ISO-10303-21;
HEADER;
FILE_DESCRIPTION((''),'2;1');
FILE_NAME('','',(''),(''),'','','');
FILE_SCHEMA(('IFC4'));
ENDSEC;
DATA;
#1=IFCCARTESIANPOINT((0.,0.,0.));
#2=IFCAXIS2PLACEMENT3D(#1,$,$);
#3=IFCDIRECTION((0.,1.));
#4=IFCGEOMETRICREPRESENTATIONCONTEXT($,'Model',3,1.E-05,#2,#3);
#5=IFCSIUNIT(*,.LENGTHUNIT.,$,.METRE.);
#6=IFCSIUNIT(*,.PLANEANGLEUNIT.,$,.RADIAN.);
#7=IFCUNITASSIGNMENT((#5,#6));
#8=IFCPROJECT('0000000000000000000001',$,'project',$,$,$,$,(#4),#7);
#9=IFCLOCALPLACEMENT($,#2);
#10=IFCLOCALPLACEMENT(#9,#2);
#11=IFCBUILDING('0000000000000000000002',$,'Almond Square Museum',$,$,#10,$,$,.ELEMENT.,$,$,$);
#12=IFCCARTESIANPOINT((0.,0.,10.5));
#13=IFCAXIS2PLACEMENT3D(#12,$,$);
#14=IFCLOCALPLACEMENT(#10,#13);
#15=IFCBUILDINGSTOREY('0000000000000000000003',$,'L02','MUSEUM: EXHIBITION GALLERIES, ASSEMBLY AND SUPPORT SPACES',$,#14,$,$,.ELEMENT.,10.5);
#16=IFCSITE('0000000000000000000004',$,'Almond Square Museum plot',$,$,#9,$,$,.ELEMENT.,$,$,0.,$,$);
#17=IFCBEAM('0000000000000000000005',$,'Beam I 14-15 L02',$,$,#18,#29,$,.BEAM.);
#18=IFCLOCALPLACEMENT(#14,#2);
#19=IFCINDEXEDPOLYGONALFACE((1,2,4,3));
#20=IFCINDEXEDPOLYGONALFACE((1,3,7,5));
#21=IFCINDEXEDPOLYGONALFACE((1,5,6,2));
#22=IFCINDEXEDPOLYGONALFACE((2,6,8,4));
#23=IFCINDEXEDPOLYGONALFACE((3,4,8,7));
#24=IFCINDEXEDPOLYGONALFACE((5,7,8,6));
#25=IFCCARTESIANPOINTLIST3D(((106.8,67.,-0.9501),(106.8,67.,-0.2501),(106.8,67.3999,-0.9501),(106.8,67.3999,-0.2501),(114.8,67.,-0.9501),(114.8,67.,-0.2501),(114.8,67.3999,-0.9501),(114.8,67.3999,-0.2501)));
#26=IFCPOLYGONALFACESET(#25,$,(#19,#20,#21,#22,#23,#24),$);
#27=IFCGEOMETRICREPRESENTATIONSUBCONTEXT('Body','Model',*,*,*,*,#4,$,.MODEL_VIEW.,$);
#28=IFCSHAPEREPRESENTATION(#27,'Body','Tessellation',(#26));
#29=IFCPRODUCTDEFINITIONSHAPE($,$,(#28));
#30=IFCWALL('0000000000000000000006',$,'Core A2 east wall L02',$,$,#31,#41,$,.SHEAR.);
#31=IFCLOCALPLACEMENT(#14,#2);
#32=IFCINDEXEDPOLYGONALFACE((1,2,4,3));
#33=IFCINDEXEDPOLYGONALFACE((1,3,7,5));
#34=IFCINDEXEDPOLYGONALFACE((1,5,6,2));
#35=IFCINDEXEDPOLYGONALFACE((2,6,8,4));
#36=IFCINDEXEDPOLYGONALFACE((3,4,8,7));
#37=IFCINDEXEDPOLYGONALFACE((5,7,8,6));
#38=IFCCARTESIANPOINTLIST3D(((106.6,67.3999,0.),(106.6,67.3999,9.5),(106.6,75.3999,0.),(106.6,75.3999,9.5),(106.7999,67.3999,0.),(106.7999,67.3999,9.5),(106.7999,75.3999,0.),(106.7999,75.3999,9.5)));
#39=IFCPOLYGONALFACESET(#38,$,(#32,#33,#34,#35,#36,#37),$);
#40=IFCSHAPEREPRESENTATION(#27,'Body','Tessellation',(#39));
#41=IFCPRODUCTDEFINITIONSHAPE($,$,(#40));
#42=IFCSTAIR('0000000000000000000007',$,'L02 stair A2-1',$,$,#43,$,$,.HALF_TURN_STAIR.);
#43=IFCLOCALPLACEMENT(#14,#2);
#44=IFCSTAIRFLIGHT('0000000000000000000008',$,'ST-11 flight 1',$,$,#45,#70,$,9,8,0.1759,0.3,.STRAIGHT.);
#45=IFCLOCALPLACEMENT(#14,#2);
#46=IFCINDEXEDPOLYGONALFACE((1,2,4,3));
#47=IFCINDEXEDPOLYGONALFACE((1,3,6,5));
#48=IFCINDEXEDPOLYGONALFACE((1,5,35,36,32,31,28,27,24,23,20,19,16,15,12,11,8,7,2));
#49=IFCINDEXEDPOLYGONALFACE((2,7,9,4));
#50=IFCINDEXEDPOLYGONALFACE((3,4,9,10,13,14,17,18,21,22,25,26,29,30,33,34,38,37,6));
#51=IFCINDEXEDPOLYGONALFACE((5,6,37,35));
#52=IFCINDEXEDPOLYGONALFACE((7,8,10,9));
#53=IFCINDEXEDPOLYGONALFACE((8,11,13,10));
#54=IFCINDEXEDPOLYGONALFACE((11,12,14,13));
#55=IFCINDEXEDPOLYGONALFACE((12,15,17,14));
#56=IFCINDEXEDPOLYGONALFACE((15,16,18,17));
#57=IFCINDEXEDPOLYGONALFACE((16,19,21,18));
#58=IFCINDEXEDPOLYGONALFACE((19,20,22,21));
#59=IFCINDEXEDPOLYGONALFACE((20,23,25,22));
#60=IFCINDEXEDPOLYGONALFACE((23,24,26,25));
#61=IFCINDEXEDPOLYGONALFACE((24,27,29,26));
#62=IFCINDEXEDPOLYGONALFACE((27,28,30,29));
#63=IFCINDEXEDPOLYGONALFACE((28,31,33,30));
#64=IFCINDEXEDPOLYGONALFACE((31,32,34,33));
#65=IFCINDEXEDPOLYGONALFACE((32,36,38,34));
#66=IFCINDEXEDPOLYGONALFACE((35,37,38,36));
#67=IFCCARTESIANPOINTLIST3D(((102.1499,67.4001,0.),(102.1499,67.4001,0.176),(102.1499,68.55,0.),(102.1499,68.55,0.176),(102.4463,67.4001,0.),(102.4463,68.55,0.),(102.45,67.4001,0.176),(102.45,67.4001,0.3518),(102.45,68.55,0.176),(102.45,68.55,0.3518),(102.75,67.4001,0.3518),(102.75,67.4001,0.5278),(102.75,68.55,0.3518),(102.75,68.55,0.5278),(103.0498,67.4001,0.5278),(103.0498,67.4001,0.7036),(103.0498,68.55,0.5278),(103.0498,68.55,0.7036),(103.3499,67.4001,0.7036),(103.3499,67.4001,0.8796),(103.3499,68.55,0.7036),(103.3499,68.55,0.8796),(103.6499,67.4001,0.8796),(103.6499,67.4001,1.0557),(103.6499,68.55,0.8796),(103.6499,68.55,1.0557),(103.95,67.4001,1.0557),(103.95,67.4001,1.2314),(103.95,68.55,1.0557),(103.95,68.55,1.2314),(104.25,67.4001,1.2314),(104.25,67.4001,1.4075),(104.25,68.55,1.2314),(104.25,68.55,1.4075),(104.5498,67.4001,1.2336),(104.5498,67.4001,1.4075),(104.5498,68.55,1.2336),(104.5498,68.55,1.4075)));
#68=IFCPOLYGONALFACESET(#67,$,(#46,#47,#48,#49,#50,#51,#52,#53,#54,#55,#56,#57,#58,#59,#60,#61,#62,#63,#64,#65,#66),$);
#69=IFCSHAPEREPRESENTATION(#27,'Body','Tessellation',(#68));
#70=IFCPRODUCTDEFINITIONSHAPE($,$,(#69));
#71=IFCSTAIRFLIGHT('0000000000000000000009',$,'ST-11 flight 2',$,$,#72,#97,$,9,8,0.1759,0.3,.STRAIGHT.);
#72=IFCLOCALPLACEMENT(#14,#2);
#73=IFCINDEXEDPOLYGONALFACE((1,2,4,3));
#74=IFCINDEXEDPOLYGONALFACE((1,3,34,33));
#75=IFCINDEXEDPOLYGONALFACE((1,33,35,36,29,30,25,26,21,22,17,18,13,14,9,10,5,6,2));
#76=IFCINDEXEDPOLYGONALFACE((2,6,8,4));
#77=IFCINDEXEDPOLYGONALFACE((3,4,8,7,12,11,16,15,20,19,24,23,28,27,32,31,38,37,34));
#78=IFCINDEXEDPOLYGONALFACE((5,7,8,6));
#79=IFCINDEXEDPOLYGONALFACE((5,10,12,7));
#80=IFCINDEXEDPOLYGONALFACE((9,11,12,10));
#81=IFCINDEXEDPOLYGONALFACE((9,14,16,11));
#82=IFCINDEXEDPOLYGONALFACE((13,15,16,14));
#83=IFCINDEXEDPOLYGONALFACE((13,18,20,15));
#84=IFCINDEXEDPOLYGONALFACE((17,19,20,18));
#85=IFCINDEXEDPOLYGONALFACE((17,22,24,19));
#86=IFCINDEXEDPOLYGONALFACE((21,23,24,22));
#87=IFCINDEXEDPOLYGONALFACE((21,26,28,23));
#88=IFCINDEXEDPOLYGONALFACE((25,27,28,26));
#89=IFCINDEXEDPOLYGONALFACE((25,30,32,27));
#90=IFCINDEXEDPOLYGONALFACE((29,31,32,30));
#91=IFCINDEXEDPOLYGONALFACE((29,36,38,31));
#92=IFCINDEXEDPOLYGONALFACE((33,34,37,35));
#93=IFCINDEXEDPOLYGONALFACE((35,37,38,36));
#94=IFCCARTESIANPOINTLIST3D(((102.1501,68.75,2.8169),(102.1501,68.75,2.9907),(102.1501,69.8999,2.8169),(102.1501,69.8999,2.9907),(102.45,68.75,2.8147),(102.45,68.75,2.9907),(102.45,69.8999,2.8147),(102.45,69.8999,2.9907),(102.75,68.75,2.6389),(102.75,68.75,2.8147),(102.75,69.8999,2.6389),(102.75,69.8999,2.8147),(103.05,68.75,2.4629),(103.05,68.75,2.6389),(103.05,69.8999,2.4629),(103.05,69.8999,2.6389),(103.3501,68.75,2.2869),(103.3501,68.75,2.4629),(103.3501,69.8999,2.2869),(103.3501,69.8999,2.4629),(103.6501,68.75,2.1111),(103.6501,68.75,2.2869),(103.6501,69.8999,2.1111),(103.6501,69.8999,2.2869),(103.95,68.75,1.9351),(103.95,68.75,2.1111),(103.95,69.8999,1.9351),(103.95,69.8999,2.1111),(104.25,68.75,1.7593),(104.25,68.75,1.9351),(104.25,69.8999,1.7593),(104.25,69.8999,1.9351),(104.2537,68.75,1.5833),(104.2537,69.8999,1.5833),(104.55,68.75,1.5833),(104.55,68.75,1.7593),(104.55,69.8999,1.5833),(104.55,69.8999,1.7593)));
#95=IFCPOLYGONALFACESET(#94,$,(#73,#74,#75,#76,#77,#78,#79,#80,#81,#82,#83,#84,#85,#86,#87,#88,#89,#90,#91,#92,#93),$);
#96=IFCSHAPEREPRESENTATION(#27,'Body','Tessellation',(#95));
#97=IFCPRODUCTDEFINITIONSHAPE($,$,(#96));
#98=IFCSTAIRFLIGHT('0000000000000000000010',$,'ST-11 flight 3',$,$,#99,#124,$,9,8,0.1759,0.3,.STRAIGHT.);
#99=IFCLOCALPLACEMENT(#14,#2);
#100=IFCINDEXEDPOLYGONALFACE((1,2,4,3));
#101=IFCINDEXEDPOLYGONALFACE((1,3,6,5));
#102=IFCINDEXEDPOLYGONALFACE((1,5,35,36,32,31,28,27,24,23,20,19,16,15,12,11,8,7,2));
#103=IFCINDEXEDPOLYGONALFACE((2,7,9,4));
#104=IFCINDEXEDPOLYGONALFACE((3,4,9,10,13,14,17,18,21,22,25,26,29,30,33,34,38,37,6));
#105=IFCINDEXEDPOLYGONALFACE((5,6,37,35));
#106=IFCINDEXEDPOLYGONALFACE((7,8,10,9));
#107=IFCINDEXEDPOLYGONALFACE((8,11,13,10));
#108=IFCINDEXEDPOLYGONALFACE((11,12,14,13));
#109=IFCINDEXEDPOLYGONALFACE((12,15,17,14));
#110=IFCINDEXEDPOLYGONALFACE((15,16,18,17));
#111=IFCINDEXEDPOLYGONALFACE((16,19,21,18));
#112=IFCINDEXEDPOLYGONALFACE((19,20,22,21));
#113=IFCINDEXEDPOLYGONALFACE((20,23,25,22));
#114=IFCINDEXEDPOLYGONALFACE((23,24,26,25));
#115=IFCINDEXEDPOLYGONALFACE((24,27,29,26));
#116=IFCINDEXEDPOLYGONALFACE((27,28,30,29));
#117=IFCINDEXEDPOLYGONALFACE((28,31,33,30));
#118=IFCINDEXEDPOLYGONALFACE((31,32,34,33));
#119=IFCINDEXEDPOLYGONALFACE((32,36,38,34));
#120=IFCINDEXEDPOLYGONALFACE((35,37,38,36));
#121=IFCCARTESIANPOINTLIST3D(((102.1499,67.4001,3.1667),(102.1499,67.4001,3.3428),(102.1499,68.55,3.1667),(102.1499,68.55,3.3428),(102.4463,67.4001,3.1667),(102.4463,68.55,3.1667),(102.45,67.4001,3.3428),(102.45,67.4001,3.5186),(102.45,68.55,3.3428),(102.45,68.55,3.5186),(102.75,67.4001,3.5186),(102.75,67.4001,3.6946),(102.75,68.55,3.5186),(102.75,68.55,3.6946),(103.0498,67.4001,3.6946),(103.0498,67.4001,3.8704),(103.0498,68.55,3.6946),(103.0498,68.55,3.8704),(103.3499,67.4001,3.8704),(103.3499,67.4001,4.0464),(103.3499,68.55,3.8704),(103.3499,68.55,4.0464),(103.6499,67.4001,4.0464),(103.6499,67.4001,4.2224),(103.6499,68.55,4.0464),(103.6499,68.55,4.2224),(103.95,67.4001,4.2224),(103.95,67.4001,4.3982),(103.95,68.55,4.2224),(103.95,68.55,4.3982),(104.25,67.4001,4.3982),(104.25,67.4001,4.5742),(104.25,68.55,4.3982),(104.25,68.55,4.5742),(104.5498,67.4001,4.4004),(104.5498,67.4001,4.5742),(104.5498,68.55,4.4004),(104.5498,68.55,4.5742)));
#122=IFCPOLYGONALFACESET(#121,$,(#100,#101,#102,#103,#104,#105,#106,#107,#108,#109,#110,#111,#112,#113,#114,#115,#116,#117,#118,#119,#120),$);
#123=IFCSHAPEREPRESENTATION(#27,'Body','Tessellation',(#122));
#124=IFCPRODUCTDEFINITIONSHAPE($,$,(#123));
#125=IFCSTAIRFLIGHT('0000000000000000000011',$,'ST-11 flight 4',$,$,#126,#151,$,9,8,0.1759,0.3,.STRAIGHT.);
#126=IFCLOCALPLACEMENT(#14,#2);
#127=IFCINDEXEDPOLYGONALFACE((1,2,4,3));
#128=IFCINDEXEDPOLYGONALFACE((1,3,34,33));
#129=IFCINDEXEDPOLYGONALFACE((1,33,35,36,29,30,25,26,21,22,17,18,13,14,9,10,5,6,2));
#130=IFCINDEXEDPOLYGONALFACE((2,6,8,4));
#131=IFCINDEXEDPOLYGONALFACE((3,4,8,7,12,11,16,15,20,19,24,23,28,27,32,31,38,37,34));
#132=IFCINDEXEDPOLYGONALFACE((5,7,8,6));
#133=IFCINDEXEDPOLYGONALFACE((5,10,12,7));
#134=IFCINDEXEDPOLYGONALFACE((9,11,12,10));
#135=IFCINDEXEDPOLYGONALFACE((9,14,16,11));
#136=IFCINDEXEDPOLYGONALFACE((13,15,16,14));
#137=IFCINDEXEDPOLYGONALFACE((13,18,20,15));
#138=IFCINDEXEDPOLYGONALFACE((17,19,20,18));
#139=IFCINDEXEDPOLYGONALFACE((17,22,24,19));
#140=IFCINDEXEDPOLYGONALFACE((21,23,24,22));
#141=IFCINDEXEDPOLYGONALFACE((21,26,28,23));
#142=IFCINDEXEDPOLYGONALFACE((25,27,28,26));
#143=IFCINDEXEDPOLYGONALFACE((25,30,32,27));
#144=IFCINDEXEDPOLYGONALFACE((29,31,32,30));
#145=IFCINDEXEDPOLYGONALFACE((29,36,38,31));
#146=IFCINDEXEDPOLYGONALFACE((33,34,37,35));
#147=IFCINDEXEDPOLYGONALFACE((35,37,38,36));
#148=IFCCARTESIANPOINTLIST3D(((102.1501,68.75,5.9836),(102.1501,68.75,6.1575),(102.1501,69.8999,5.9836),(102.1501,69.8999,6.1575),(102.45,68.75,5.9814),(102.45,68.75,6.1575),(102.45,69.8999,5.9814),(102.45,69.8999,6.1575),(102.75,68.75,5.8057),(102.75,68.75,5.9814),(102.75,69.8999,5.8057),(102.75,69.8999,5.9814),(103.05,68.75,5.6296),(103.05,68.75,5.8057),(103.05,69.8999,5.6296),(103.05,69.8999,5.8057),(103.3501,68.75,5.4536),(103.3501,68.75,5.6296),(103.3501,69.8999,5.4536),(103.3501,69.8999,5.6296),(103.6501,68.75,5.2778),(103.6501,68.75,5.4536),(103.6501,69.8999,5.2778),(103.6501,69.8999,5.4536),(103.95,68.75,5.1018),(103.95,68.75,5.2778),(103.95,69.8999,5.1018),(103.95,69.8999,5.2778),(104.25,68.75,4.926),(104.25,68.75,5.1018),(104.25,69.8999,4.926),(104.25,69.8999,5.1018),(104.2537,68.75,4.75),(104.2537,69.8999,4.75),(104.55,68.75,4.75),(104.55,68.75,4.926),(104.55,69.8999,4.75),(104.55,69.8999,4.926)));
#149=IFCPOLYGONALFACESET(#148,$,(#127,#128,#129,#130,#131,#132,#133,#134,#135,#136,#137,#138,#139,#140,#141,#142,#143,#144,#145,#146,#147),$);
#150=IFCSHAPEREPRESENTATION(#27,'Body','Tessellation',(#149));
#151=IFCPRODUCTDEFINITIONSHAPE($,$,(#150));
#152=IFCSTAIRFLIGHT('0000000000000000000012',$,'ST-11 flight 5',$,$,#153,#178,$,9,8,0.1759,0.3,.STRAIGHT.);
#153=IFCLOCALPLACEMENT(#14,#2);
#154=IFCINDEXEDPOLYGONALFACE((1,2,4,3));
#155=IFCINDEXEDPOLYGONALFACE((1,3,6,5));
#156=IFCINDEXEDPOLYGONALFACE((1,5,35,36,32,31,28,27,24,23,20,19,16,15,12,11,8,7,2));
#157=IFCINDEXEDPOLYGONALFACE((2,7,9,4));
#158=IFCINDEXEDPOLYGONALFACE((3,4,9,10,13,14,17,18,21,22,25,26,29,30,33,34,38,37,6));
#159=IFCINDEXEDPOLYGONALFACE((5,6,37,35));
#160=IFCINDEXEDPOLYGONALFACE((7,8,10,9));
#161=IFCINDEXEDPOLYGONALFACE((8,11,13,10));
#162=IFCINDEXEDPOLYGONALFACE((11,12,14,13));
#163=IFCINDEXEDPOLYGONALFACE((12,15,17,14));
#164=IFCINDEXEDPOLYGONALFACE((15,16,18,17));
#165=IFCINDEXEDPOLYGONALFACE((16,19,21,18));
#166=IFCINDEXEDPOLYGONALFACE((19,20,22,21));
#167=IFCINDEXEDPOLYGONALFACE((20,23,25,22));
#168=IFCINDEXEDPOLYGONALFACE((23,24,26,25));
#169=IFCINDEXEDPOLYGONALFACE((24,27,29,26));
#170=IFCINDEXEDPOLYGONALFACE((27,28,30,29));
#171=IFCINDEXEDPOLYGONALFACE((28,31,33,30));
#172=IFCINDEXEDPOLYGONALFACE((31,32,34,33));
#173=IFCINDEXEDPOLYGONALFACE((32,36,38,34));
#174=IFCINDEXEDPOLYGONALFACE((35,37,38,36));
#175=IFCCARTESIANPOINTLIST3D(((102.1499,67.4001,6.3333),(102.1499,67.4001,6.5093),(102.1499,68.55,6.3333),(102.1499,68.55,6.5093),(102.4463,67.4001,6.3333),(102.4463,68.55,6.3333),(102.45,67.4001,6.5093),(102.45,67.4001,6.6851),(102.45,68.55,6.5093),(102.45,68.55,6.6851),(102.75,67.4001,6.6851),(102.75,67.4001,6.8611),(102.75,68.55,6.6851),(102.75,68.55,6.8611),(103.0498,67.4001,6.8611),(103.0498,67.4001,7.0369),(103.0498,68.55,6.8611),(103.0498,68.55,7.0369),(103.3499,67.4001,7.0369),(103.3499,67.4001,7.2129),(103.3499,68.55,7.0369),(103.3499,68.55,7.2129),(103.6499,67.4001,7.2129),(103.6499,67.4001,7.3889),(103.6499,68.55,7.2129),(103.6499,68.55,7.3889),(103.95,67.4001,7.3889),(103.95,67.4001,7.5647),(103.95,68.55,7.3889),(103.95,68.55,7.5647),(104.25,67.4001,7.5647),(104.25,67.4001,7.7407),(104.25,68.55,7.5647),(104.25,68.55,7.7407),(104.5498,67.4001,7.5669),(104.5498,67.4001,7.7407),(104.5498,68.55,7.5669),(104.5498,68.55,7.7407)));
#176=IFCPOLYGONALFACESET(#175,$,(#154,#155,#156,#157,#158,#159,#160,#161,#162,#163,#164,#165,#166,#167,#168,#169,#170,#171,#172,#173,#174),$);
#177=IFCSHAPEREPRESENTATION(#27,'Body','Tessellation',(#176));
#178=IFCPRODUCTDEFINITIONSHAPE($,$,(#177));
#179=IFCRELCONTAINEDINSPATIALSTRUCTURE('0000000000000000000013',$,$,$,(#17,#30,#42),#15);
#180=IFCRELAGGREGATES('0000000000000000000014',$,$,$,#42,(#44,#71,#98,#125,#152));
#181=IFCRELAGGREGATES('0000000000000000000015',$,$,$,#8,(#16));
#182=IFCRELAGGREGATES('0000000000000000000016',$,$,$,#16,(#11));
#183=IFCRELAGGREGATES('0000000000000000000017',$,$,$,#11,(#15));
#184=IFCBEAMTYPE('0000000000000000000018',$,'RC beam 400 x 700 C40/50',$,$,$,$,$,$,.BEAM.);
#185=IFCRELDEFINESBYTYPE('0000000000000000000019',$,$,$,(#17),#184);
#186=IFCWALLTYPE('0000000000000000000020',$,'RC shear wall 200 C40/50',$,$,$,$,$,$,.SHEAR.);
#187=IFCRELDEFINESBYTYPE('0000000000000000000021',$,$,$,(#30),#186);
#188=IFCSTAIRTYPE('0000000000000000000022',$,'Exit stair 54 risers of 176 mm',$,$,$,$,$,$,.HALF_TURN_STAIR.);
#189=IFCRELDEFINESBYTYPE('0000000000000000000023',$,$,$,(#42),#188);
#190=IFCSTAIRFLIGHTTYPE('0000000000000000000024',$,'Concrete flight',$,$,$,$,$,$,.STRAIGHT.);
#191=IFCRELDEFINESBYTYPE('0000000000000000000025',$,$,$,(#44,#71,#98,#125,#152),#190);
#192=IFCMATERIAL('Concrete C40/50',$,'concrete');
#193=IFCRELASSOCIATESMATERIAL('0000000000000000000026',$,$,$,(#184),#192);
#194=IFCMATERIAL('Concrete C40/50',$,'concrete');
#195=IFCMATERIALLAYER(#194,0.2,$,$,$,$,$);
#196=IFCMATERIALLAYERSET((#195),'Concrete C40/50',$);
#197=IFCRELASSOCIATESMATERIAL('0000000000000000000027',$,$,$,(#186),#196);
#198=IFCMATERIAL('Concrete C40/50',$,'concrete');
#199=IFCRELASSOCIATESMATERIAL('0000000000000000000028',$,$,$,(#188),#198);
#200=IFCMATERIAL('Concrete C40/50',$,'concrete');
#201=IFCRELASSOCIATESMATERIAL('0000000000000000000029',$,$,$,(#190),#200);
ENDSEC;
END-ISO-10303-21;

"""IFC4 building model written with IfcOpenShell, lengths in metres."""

from ifc_helpers import new_model, si_unit, direction, frame, frame_2d, origin, origin_2d, place, context, subcontext, project, spatial, polyline, rectangle, outline, extrude, material, layer, layer_set, material_profile, profile_set, type_object, element, aggregate, save


model = new_model("IFC4")

# Units and contexts
model_context = context("Model", 3, precision=1e-05, world=origin(), true_north=direction((0.0, 1.0)))
body_context = subcontext(model_context, "Body", "Model", "MODEL_VIEW")
ifc_project = project(units=[si_unit("LENGTHUNIT", "METRE"), si_unit("PLANEANGLEUNIT", "RADIAN")], contexts=[model_context])

# Site, building, storey
site_placement = place(None, origin())
site = spatial("IfcSite", under=ifc_project, at=site_placement, Name="Almond Square Museum plot", CompositionType="ELEMENT", RefElevation=0.0)
building_placement = place(site_placement, origin())
building = spatial("IfcBuilding", under=site, at=building_placement, Name="Almond Square Museum", CompositionType="ELEMENT")
storey_placement = place(building_placement, frame((0.0, 0.0, 10.5)))
storey = spatial("IfcBuildingStorey", under=building, at=storey_placement, Name="L02", Description="MUSEUM: EXHIBITION GALLERIES, ASSEMBLY AND SUPPORT SPACES", CompositionType="ELEMENT", Elevation=10.5)

# Beam
ifc_material_1 = material(Name="Concrete C40/50", Category="concrete")
ifc_material_profile = material_profile(ifc_material_1, rectangle(XDim=0.3999, YDim=0.7, at=origin_2d()))
ifc_profile_set = profile_set([ifc_material_profile], Name="Concrete C40/50")
beam_type = type_object("IfcBeamType", Name="RC beam 400 x 700 C40/50", PredefinedType="BEAM", material=ifc_profile_set)
beam_placement = place(storey_placement, frame((106.8, 67.2, -0.6001), z_axis=(1.0, 0.0, 0.0), x_axis=(0.0, 1.0, 0.0)))
element("IfcBeam", 1, at=beam_placement, inside=storey, type_object=beam_type, Name="Beam I 14-15 L02", PredefinedType="BEAM", context=body_context, shape_type="SweptSolid", body=[
    extrude(rectangle(XDim=0.3999, YDim=0.7, at=origin_2d()), origin(), (0.0, 0.0, 1.0), 8.0),
])

# Wall
ifc_material_2 = material(Name="Concrete C40/50", Category="concrete")
ifc_layer = layer(ifc_material_2, 0.2)
ifc_layer_set = layer_set([ifc_layer], Name="Concrete C40/50")
wall_type = type_object("IfcWallType", Name="RC shear wall 200 C40/50", PredefinedType="SHEAR", material=ifc_layer_set)
wall_placement = place(storey_placement, frame((106.7, 67.3999, 0.0), z_axis=(0.0, 0.0, 1.0), x_axis=(0.0, 1.0, 0.0)))
element("IfcWall", 2, at=wall_placement, inside=storey, type_object=wall_type, Name="Core A2 east wall L02", PredefinedType="SHEAR", context=body_context, shape_type="SweptSolid", body=[
    extrude(rectangle(XDim=8.0, YDim=0.2, at=frame_2d((4.0, 0.0))), origin(), (0.0, 0.0, 1.0), 9.5),
])

# Stair, stair flights
ifc_material_3 = material(Name="Concrete C40/50", Category="concrete")
stair_type = type_object("IfcStairType", Name="Exit stair 54 risers of 176 mm", PredefinedType="HALF_TURN_STAIR", material=ifc_material_3)
stair_1_placement = place(storey_placement, origin())
stair_1 = element("IfcStair", 3, at=stair_1_placement, inside=storey, type_object=stair_type, Name="L02 stair A2-1", PredefinedType="HALF_TURN_STAIR")
ifc_material_4 = material(Name="Concrete C40/50", Category="concrete")
stair_flight_type = type_object("IfcStairFlightType", Name="Concrete flight", PredefinedType="STRAIGHT", material=ifc_material_4)
stair_flight_1_placement = place(storey_placement, frame((102.1499, 67.9751, 0.0), z_axis=(0.0, 0.0, 1.0), x_axis=(1.0, 0.0, 0.0)))
stair_flight_1 = element("IfcStairFlight", 4, at=stair_flight_1_placement, type_object=stair_flight_type, Name="ST-11 flight 1", NumberOfRisers=9, NumberOfTreads=8, PredefinedType="STRAIGHT", RiserHeight=0.1759, TreadLength=0.3, context=body_context, shape_type="SweptSolid", body=[
    extrude(outline(polyline([(0.0, 0.0), (0.0, 0.176), (0.3, 0.176), (0.3, 0.3518), (0.6001, 0.3518), (0.6001, 0.5278), (0.8999, 0.5278), (0.8999, 0.7036), (1.2, 0.7036), (1.2, 0.8796), (1.5, 0.8796), (1.5, 1.0557), (1.8, 1.0557), (1.8, 1.2314), (2.1001, 1.2314), (2.1001, 1.4075), (2.3999, 1.4075), (2.3999, 1.5833), (2.3999, 1.2336), (0.2964, 0.0), (0.0, 0.0)])), frame((0.0, 0.575, 0.0), z_axis=(0.0, -1.0, 0.0), x_axis=(1.0, 0.0, 0.0)), (0.0, 0.0, 1.0), 1.1499),
])
stair_flight_2_placement = place(storey_placement, frame((104.55, 69.325, 1.5833), z_axis=(0.0, 0.0, 1.0), x_axis=(-1.0, 0.0, 0.0)))
stair_flight_2 = element("IfcStairFlight", 5, at=stair_flight_2_placement, type_object=stair_flight_type, Name="ST-11 flight 2", NumberOfRisers=9, NumberOfTreads=8, PredefinedType="STRAIGHT", RiserHeight=0.1759, TreadLength=0.3, context=body_context, shape_type="SweptSolid", body=[
    extrude(outline(polyline([(0.0, 0.0), (0.0, 0.176), (0.3, 0.176), (0.3, 0.3518), (0.6001, 0.3518), (0.6001, 0.5278), (0.8999, 0.5278), (0.8999, 0.7036), (1.2, 0.7036), (1.2, 0.8796), (1.5, 0.8796), (1.5, 1.0557), (1.8, 1.0557), (1.8, 1.2314), (2.1001, 1.2314), (2.1001, 1.4075), (2.3999, 1.4075), (2.3999, 1.5833), (2.3999, 1.2336), (0.2964, 0.0), (0.0, 0.0)])), frame((0.0, 0.575, 0.0), z_axis=(0.0, -1.0, 0.0), x_axis=(1.0, 0.0, 0.0)), (0.0, 0.0, 1.0), 1.1499),
])
stair_flight_3_placement = place(storey_placement, frame((102.1499, 67.9751, 3.1667), z_axis=(0.0, 0.0, 1.0), x_axis=(1.0, 0.0, 0.0)))
stair_flight_3 = element("IfcStairFlight", 6, at=stair_flight_3_placement, type_object=stair_flight_type, Name="ST-11 flight 3", NumberOfRisers=9, NumberOfTreads=8, PredefinedType="STRAIGHT", RiserHeight=0.1759, TreadLength=0.3, context=body_context, shape_type="SweptSolid", body=[
    extrude(outline(polyline([(0.0, 0.0), (0.0, 0.176), (0.3, 0.176), (0.3, 0.3518), (0.6001, 0.3518), (0.6001, 0.5278), (0.8999, 0.5278), (0.8999, 0.7036), (1.2, 0.7036), (1.2, 0.8796), (1.5, 0.8796), (1.5, 1.0557), (1.8, 1.0557), (1.8, 1.2314), (2.1001, 1.2314), (2.1001, 1.4075), (2.3999, 1.4075), (2.3999, 1.5833), (2.3999, 1.2336), (0.2964, 0.0), (0.0, 0.0)])), frame((0.0, 0.575, 0.0), z_axis=(0.0, -1.0, 0.0), x_axis=(1.0, 0.0, 0.0)), (0.0, 0.0, 1.0), 1.1499),
])
stair_flight_4_placement = place(storey_placement, frame((104.55, 69.325, 4.75), z_axis=(0.0, 0.0, 1.0), x_axis=(-1.0, 0.0, 0.0)))
stair_flight_4 = element("IfcStairFlight", 7, at=stair_flight_4_placement, type_object=stair_flight_type, Name="ST-11 flight 4", NumberOfRisers=9, NumberOfTreads=8, PredefinedType="STRAIGHT", RiserHeight=0.1759, TreadLength=0.3, context=body_context, shape_type="SweptSolid", body=[
    extrude(outline(polyline([(0.0, 0.0), (0.0, 0.176), (0.3, 0.176), (0.3, 0.3518), (0.6001, 0.3518), (0.6001, 0.5278), (0.8999, 0.5278), (0.8999, 0.7036), (1.2, 0.7036), (1.2, 0.8796), (1.5, 0.8796), (1.5, 1.0557), (1.8, 1.0557), (1.8, 1.2314), (2.1001, 1.2314), (2.1001, 1.4075), (2.3999, 1.4075), (2.3999, 1.5833), (2.3999, 1.2336), (0.2964, 0.0), (0.0, 0.0)])), frame((0.0, 0.575, 0.0), z_axis=(0.0, -1.0, 0.0), x_axis=(1.0, 0.0, 0.0)), (0.0, 0.0, 1.0), 1.1499),
])
stair_flight_5_placement = place(storey_placement, frame((102.1499, 67.9751, 6.3333), z_axis=(0.0, 0.0, 1.0), x_axis=(1.0, 0.0, 0.0)))
stair_flight_5 = element("IfcStairFlight", 8, at=stair_flight_5_placement, type_object=stair_flight_type, Name="ST-11 flight 5", NumberOfRisers=9, NumberOfTreads=8, PredefinedType="STRAIGHT", RiserHeight=0.1759, TreadLength=0.3, context=body_context, shape_type="SweptSolid", body=[
    extrude(outline(polyline([(0.0, 0.0), (0.0, 0.176), (0.3, 0.176), (0.3, 0.3518), (0.6001, 0.3518), (0.6001, 0.5278), (0.8999, 0.5278), (0.8999, 0.7036), (1.2, 0.7036), (1.2, 0.8796), (1.5, 0.8796), (1.5, 1.0557), (1.8, 1.0557), (1.8, 1.2314), (2.1001, 1.2314), (2.1001, 1.4075), (2.3999, 1.4075), (2.3999, 1.5833), (2.3999, 1.2336), (0.2964, 0.0), (0.0, 0.0)])), frame((0.0, 0.575, 0.0), z_axis=(0.0, -1.0, 0.0), x_axis=(1.0, 0.0, 0.0)), (0.0, 0.0, 1.0), 1.1499),
])
aggregate(stair_1, [stair_flight_1, stair_flight_2, stair_flight_3, stair_flight_4, stair_flight_5])

save(model, "model.ifc")
